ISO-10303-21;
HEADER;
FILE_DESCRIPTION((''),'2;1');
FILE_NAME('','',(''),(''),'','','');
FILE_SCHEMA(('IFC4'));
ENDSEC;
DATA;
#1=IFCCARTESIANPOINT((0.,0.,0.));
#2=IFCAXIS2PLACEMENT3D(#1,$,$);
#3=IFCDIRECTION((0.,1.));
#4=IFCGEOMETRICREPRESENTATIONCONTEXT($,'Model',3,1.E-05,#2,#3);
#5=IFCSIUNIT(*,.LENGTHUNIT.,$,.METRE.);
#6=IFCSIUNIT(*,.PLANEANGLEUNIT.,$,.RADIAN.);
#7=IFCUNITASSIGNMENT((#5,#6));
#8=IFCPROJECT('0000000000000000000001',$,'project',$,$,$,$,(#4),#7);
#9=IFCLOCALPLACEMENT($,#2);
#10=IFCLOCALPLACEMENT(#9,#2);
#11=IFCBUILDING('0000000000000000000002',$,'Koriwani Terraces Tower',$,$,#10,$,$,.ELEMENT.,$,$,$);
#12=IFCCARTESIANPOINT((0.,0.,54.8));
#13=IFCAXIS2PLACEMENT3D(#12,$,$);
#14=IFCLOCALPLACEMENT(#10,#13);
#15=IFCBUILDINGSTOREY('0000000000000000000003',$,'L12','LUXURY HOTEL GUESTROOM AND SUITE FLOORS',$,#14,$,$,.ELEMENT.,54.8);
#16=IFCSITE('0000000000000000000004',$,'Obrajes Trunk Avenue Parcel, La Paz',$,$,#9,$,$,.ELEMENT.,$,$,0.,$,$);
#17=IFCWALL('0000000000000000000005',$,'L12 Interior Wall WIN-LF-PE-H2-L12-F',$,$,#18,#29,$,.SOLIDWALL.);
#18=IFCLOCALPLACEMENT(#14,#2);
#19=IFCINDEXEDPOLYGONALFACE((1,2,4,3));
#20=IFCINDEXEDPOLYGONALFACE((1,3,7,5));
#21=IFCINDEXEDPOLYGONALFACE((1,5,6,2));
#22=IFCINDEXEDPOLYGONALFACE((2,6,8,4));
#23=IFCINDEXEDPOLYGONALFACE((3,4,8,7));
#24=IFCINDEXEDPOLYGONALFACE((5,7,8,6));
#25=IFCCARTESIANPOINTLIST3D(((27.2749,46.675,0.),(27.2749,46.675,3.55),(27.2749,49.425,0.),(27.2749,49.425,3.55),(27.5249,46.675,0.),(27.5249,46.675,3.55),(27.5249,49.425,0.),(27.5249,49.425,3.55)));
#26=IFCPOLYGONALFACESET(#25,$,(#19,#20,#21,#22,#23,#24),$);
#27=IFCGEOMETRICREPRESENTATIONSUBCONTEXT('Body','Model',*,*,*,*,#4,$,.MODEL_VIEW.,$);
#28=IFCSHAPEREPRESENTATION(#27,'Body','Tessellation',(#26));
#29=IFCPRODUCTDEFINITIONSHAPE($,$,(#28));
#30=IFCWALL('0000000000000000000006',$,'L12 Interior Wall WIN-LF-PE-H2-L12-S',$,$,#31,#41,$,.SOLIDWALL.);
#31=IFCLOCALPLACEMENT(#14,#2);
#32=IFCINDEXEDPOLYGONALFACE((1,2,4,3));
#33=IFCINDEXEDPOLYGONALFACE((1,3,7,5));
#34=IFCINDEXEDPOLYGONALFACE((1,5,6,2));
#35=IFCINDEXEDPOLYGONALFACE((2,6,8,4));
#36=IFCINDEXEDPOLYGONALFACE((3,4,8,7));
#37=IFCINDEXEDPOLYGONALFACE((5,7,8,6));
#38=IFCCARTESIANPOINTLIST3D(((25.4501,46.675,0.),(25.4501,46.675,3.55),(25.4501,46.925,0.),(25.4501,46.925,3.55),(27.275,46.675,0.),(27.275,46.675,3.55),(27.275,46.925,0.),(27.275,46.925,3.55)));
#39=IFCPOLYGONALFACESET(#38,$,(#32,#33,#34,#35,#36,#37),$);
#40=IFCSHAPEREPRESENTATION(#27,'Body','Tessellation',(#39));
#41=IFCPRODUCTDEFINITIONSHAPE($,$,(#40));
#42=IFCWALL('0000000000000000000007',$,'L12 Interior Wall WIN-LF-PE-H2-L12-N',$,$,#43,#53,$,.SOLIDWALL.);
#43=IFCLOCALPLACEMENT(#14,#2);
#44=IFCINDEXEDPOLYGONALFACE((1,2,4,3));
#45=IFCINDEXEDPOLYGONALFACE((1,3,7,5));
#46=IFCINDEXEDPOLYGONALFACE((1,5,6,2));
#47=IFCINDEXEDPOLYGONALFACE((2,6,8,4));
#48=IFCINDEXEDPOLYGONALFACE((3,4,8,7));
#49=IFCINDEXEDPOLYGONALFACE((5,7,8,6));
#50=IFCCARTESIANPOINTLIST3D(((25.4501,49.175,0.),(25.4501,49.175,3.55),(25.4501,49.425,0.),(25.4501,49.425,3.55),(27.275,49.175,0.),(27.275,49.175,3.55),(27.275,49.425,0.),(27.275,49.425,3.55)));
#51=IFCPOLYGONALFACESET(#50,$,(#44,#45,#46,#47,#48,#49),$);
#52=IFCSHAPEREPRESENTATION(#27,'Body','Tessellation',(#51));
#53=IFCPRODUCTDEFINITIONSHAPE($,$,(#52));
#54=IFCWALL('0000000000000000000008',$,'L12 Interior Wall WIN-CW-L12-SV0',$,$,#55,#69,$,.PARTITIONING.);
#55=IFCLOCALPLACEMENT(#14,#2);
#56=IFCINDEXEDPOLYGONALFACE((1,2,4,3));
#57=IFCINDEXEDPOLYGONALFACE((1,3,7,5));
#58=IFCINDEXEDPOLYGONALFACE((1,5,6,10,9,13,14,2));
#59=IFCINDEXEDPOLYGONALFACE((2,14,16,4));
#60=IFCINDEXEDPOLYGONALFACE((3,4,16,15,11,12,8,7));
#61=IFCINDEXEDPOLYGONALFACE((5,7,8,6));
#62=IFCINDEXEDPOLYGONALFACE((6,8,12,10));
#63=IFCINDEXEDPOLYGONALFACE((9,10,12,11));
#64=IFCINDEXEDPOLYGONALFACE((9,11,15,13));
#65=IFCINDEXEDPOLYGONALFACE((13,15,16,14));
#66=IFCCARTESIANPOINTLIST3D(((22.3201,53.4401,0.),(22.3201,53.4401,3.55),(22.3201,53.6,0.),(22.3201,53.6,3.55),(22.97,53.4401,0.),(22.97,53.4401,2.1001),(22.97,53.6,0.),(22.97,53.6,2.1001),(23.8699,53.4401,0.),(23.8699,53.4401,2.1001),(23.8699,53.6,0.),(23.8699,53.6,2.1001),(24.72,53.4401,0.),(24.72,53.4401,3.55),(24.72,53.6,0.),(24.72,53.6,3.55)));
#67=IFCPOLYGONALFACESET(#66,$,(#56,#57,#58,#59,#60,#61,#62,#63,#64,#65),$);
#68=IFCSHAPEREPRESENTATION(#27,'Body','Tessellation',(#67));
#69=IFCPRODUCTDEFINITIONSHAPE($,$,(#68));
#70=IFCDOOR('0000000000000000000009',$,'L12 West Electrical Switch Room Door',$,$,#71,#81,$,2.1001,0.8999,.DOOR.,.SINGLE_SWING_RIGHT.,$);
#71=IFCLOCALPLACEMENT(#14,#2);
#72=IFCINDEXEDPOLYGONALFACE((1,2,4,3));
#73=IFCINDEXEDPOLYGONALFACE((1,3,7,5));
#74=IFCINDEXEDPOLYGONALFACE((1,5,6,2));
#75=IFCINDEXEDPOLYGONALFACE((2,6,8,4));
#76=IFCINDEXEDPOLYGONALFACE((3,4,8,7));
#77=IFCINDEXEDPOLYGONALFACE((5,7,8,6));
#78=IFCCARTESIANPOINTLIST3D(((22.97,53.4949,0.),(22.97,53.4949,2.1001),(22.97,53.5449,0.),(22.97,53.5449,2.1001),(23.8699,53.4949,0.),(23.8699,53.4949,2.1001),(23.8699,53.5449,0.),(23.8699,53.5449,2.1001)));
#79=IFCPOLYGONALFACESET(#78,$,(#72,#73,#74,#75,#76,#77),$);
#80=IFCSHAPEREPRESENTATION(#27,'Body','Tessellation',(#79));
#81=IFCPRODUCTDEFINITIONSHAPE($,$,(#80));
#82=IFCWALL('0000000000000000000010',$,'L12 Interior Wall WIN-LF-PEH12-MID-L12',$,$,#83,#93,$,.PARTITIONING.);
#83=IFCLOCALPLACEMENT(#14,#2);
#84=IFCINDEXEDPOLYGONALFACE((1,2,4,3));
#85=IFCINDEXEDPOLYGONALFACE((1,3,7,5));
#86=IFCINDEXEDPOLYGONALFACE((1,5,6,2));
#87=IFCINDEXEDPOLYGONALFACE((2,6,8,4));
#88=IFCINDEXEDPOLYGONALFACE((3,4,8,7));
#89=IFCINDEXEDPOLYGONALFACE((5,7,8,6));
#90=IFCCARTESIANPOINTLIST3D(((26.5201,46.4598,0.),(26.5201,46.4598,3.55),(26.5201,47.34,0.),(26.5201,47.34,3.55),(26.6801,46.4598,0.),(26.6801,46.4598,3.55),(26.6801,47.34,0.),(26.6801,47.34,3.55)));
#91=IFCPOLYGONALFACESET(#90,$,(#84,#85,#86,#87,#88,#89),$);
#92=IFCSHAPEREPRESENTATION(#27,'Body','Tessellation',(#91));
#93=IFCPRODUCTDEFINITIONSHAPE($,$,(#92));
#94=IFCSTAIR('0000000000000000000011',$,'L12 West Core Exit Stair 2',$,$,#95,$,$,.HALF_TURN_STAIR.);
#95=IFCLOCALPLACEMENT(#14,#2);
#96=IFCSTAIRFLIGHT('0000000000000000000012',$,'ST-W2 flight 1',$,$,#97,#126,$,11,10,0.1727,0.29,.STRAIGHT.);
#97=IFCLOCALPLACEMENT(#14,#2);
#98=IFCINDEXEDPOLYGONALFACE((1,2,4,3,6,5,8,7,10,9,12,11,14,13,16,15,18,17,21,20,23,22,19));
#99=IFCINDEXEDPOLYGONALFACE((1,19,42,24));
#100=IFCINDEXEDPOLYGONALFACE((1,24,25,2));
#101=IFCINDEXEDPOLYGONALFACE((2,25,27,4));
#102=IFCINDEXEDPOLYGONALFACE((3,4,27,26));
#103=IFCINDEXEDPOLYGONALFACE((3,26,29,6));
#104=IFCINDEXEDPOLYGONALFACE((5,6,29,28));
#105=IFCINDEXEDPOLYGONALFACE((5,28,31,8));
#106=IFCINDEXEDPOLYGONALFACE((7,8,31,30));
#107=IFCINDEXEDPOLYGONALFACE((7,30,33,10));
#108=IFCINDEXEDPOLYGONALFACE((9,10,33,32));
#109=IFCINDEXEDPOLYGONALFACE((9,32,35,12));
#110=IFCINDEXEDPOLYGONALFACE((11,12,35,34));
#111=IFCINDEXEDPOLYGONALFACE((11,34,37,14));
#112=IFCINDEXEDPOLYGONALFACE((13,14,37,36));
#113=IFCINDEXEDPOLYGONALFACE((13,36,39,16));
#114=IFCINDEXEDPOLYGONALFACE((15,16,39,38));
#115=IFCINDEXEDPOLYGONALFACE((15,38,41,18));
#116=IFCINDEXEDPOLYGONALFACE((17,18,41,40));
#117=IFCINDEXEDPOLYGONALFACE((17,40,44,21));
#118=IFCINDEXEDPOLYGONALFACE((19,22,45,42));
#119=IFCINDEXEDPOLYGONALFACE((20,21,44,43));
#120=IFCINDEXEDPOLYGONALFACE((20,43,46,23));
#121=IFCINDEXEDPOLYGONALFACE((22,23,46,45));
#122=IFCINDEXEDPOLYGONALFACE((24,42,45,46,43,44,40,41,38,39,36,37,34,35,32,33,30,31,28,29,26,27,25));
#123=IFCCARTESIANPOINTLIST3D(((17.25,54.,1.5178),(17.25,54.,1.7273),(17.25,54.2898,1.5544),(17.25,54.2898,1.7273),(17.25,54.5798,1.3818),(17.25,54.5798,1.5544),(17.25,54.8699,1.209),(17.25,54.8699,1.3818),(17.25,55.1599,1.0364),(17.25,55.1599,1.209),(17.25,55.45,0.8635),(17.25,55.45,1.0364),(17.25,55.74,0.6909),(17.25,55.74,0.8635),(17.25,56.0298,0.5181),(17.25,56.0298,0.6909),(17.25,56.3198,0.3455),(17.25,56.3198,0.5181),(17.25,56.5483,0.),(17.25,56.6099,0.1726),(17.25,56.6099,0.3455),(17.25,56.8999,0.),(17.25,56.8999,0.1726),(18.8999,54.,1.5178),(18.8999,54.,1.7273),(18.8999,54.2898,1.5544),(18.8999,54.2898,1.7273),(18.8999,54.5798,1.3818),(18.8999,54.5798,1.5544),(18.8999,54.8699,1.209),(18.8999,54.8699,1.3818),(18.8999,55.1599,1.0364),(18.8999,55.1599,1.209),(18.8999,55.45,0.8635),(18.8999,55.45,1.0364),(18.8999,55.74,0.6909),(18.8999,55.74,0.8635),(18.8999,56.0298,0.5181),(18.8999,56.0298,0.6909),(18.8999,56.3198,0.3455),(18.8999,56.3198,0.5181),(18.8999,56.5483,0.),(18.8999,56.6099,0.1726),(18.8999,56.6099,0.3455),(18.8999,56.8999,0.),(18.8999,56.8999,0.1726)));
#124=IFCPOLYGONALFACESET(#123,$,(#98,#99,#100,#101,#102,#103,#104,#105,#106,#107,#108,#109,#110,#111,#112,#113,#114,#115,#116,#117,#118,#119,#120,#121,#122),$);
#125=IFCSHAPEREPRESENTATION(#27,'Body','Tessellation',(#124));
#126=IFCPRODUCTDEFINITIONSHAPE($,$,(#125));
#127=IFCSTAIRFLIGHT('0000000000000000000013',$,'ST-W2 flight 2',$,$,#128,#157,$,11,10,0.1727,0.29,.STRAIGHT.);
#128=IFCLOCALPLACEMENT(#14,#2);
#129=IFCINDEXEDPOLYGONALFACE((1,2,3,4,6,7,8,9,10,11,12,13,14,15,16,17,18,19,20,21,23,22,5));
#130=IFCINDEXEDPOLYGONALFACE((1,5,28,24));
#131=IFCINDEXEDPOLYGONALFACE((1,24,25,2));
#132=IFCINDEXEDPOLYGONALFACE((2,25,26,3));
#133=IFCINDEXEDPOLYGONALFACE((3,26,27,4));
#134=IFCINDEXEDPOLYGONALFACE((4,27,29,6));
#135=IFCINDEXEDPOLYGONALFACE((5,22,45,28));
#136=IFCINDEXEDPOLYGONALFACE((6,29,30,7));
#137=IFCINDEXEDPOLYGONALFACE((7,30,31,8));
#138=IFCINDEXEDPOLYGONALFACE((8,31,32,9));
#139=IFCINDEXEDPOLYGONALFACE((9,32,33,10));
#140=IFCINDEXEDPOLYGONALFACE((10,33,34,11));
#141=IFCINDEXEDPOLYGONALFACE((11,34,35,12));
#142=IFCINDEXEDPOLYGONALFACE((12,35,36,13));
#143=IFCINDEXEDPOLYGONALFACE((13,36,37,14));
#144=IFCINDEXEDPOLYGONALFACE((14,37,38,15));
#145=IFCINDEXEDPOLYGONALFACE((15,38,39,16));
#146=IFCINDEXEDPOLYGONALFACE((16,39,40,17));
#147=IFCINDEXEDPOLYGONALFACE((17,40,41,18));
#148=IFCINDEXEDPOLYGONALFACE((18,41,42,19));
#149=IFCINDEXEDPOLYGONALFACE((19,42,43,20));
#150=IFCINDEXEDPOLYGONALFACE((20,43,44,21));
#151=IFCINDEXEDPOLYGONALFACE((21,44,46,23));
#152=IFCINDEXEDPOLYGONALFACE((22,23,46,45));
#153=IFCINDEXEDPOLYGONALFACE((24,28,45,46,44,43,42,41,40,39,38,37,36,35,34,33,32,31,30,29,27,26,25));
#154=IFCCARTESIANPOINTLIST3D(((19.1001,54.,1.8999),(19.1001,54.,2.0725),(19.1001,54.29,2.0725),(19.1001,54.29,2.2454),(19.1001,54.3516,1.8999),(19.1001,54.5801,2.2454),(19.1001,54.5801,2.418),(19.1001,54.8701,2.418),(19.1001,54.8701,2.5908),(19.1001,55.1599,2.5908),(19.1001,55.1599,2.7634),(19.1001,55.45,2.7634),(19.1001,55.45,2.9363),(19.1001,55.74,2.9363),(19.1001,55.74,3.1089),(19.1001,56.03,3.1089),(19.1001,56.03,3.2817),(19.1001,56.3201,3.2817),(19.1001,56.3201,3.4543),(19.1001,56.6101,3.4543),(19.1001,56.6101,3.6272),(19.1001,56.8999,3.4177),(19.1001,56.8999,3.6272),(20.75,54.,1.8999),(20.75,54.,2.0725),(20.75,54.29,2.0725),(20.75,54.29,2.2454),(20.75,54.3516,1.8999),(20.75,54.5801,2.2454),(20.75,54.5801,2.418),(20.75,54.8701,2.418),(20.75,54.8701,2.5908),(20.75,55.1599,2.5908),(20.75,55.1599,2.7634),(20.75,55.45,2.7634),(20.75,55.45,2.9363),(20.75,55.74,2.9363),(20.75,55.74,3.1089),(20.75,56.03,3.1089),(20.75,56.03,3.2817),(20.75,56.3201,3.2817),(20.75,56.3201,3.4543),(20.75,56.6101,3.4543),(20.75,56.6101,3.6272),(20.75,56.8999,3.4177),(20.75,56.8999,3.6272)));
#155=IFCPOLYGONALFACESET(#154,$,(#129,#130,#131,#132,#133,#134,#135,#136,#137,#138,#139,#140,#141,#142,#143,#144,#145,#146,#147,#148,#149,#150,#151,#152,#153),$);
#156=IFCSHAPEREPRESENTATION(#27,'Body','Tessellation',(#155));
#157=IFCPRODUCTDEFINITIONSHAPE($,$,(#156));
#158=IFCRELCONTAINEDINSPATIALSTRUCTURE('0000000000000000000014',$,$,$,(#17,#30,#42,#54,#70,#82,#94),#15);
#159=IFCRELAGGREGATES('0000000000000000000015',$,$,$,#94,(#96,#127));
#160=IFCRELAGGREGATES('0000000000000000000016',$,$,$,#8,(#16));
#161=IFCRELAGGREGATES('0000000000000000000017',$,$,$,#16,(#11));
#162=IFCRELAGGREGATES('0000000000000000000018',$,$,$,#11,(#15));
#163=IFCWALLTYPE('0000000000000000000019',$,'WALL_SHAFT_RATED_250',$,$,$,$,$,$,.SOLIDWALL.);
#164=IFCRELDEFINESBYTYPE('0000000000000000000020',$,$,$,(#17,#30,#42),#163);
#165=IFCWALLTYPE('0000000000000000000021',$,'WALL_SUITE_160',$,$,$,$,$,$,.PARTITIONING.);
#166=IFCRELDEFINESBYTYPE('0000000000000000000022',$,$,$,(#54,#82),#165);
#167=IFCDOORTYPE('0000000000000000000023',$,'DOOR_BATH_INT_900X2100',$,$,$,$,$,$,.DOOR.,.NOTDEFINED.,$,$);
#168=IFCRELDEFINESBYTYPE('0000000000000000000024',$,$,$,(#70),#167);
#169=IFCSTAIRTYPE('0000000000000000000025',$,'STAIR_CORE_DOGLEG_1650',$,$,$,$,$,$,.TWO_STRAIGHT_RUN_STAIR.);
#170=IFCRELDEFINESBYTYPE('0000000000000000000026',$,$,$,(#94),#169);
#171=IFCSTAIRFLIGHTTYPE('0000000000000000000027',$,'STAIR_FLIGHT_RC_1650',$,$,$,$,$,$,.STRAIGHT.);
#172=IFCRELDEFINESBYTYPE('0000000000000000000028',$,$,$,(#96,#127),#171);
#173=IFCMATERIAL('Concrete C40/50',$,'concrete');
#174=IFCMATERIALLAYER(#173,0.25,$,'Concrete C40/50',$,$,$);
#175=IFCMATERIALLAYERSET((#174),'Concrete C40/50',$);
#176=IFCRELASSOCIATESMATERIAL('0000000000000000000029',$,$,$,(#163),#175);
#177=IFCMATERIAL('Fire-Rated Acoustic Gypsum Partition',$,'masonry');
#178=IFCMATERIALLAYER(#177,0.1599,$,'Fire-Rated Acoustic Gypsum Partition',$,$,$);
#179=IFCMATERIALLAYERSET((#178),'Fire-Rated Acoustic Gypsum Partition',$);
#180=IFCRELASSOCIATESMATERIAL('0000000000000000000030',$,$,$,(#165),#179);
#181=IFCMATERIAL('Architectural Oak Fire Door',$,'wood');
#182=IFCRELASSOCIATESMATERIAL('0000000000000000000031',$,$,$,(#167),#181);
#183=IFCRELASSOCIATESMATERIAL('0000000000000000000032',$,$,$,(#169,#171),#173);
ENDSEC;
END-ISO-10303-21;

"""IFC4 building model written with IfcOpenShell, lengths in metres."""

from ifc_helpers import new_model, si_unit, direction, frame, frame_2d, origin, place, context, subcontext, project, spatial, polyline, rectangle, outline, extrude, material, layer, layer_set, type_object, element, fill, aggregate, save


model = new_model("IFC4")

# Units and contexts
model_context = context("Model", 3, precision=1e-05, world=origin(), true_north=direction((0.0, 1.0)))
body_context = subcontext(model_context, "Body", "Model", "MODEL_VIEW")
ifc_project = project(units=[si_unit("LENGTHUNIT", "METRE"), si_unit("PLANEANGLEUNIT", "RADIAN")], contexts=[model_context])

# Site, building, storey
site_placement = place(None, origin())
site = spatial("IfcSite", under=ifc_project, at=site_placement, Name="Obrajes Trunk Avenue Parcel, La Paz", CompositionType="ELEMENT", RefElevation=0.0)
building_placement = place(site_placement, origin())
building = spatial("IfcBuilding", under=site, at=building_placement, Name="Koriwani Terraces Tower", CompositionType="ELEMENT")
storey_placement = place(building_placement, frame((0.0, 0.0, 54.8)))
storey = spatial("IfcBuildingStorey", under=building, at=storey_placement, Name="L12", Description="LUXURY HOTEL GUESTROOM AND SUITE FLOORS", CompositionType="ELEMENT", Elevation=54.8)

# Shared definitions
ifc_material_1 = material(Name="Concrete C40/50", Category="concrete")
ifc_layer_1 = layer(ifc_material_1, 0.25, Name="Concrete C40/50")
ifc_layer_set_1 = layer_set([ifc_layer_1], Name="Concrete C40/50")
wall_type_1 = type_object("IfcWallType", Name="WALL_SHAFT_RATED_250", PredefinedType="SOLIDWALL", material=ifc_layer_set_1)

# Walls
wall_1_placement = place(storey_placement, frame((27.3999, 46.675, 0.0), z_axis=(0.0, 0.0, 1.0), x_axis=(0.0, 1.0, 0.0)))
element("IfcWall", 1, at=wall_1_placement, inside=storey, type_object=wall_type_1, Name="L12 Interior Wall WIN-LF-PE-H2-L12-F", PredefinedType="SOLIDWALL", context=body_context, shape_type="SweptSolid", body=[
    extrude(rectangle(XDim=2.75, YDim=0.25, at=frame_2d((1.375, 0.0))), origin(), (0.0, 0.0, 1.0), 3.55),
])
for number, where, z_axis, x_axis, name in (
    (2, (25.45, 46.8, 0.0), (0.0, 0.0, 1.0), (1.0, 0.0, 0.0), "L12 Interior Wall WIN-LF-PE-H2-L12-S"),
    (3, (25.45, 49.3, 0.0), (0.0, 0.0, 1.0), (1.0, 0.0, 0.0), "L12 Interior Wall WIN-LF-PE-H2-L12-N"),
):
    element("IfcWall", number, at=place(storey_placement, frame(where, z_axis=z_axis, x_axis=x_axis)), inside=storey, type_object=wall_type_1, Name=name, PredefinedType="SOLIDWALL", context=body_context, shape_type="SweptSolid", body=[
        extrude(rectangle(XDim=1.825, YDim=0.25, at=frame_2d((0.9126, 0.0))), origin(), (0.0, 0.0, 1.0), 3.55),
    ])

# Wall, opening, door
ifc_material_2 = material(Name="Fire-Rated Acoustic Gypsum Partition", Category="masonry")
ifc_layer_2 = layer(ifc_material_2, 0.1599, Name="Fire-Rated Acoustic Gypsum Partition")
ifc_layer_set_2 = layer_set([ifc_layer_2], Name="Fire-Rated Acoustic Gypsum Partition")
wall_type_2 = type_object("IfcWallType", Name="WALL_SUITE_160", PredefinedType="PARTITIONING", material=ifc_layer_set_2)
wall_2_placement = place(storey_placement, frame((22.3201, 53.52, 0.0), z_axis=(0.0, 0.0, 1.0), x_axis=(1.0, 0.0, 0.0)))
wall_2 = element("IfcWall", 4, at=wall_2_placement, inside=storey, type_object=wall_type_2, Name="L12 Interior Wall WIN-CW-L12-SV0", PredefinedType="PARTITIONING", context=body_context, shape_type="SweptSolid", body=[
    extrude(rectangle(XDim=2.3999, YDim=0.1599, at=frame_2d((1.2, 0.0))), origin(), (0.0, 0.0, 1.0), 3.55),
])
opening_1_placement = place(wall_2_placement, frame((0.6499, 0.0, 0.0)))
opening_1 = element("IfcOpeningElement", 5, at=opening_1_placement, cuts=wall_2, PredefinedType="OPENING", context=body_context, shape_type="SweptSolid", body=[
    extrude(rectangle(XDim=0.8999, YDim=2.1001, at=frame_2d((0.45, 1.05))), frame((0.0, 0.0898, 0.0), z_axis=(0.0, -1.0, 0.0), x_axis=(1.0, 0.0, 0.0)), (0.0, 0.0, 1.0), 0.1799),
])
ifc_material_3 = material(Name="Architectural Oak Fire Door", Category="wood")
door_type_1 = type_object("IfcDoorType", Name="DOOR_BATH_INT_900X2100", OperationType="NOTDEFINED", PredefinedType="DOOR", material=ifc_material_3)
door_1_placement = place(opening_1_placement, origin())
door_1 = element("IfcDoor", 6, at=door_1_placement, inside=storey, type_object=door_type_1, Name="L12 West Electrical Switch Room Door", OperationType="SINGLE_SWING_RIGHT", OverallHeight=2.1001, OverallWidth=0.8999, PredefinedType="DOOR", context=body_context, shape_type="SweptSolid", body=[
    extrude(rectangle(XDim=0.8999, YDim=2.1001, at=frame_2d((0.45, 1.05))), frame((0.0, 0.0249, 0.0), z_axis=(0.0, -1.0, 0.0), x_axis=(1.0, 0.0, 0.0)), (0.0, 0.0, 1.0), 0.05),
])
fill(opening_1, door_1)

# Wall
wall_3_placement = place(storey_placement, frame((26.6001, 46.46, 0.0), z_axis=(0.0, 0.0, 1.0), x_axis=(0.0, 1.0, 0.0)))
element("IfcWall", 7, at=wall_3_placement, inside=storey, type_object=wall_type_2, Name="L12 Interior Wall WIN-LF-PEH12-MID-L12", PredefinedType="PARTITIONING", context=body_context, shape_type="SweptSolid", body=[
    extrude(rectangle(XDim=0.8801, YDim=0.1599, at=frame_2d((0.4399, 0.0))), origin(), (0.0, 0.0, 1.0), 3.55),
])

# Stair, stair flights
stair_type = type_object("IfcStairType", Name="STAIR_CORE_DOGLEG_1650", PredefinedType="TWO_STRAIGHT_RUN_STAIR", material=ifc_material_1)
stair_placement = place(storey_placement, origin())
stair = element("IfcStair", 8, at=stair_placement, inside=storey, type_object=stair_type, Name="L12 West Core Exit Stair 2", PredefinedType="HALF_TURN_STAIR")
stair_flight_type = type_object("IfcStairFlightType", Name="STAIR_FLIGHT_RC_1650", PredefinedType="STRAIGHT", material=ifc_material_1)
stair_flight_1_placement = place(storey_placement, frame((18.075, 56.8999, 0.0), z_axis=(0.0, 0.0, 1.0), x_axis=(0.0, -1.0, 0.0)))
stair_flight_1 = element("IfcStairFlight", 9, at=stair_flight_1_placement, type_object=stair_flight_type, Name="ST-W2 flight 1", NumberOfRisers=11, NumberOfTreads=10, PredefinedType="STRAIGHT", RiserHeight=0.1727, TreadLength=0.29, context=body_context, shape_type="SweptSolid", body=[
    extrude(outline(polyline([(0.0, 0.0), (0.0, 0.1726), (0.29, 0.1726), (0.29, 0.3455), (0.5801, 0.3455), (0.5801, 0.5181), (0.8701, 0.5181), (0.8701, 0.6909), (1.1599, 0.6909), (1.1599, 0.8635), (1.45, 0.8635), (1.45, 1.0364), (1.74, 1.0364), (1.74, 1.209), (2.03, 1.209), (2.03, 1.3818), (2.3201, 1.3818), (2.3201, 1.5544), (2.6101, 1.5544), (2.6101, 1.7273), (2.8999, 1.7273), (2.8999, 1.8999), (2.8999, 1.5178), (0.3516, 0.0), (0.0, 0.0)])), frame((0.0, 0.825, 0.0), z_axis=(0.0, -1.0, 0.0), x_axis=(1.0, 0.0, 0.0)), (0.0, 0.0, 1.0), 1.6499),
])
stair_flight_2_placement = place(storey_placement, frame((19.925, 54.0, 1.8999), z_axis=(0.0, 0.0, 1.0), x_axis=(0.0, 1.0, 0.0)))
stair_flight_2 = element("IfcStairFlight", 10, at=stair_flight_2_placement, type_object=stair_flight_type, Name="ST-W2 flight 2", NumberOfRisers=11, NumberOfTreads=10, PredefinedType="STRAIGHT", RiserHeight=0.1727, TreadLength=0.29, context=body_context, shape_type="SweptSolid", body=[
    extrude(outline(polyline([(0.0, 0.0), (0.0, 0.1726), (0.29, 0.1726), (0.29, 0.3455), (0.5801, 0.3455), (0.5801, 0.5181), (0.8701, 0.5181), (0.8701, 0.6909), (1.1599, 0.6909), (1.1599, 0.8635), (1.45, 0.8635), (1.45, 1.0364), (1.74, 1.0364), (1.74, 1.209), (2.03, 1.209), (2.03, 1.3818), (2.3201, 1.3818), (2.3201, 1.5544), (2.6101, 1.5544), (2.6101, 1.7273), (2.8999, 1.7273), (2.8999, 1.8999), (2.8999, 1.5178), (0.3516, 0.0), (0.0, 0.0)])), frame((0.0, 0.825, 0.0), z_axis=(0.0, -1.0, 0.0), x_axis=(1.0, 0.0, 0.0)), (0.0, 0.0, 1.0), 1.6499),
])
aggregate(stair, [stair_flight_1, stair_flight_2])

save(model, "model.ifc")
